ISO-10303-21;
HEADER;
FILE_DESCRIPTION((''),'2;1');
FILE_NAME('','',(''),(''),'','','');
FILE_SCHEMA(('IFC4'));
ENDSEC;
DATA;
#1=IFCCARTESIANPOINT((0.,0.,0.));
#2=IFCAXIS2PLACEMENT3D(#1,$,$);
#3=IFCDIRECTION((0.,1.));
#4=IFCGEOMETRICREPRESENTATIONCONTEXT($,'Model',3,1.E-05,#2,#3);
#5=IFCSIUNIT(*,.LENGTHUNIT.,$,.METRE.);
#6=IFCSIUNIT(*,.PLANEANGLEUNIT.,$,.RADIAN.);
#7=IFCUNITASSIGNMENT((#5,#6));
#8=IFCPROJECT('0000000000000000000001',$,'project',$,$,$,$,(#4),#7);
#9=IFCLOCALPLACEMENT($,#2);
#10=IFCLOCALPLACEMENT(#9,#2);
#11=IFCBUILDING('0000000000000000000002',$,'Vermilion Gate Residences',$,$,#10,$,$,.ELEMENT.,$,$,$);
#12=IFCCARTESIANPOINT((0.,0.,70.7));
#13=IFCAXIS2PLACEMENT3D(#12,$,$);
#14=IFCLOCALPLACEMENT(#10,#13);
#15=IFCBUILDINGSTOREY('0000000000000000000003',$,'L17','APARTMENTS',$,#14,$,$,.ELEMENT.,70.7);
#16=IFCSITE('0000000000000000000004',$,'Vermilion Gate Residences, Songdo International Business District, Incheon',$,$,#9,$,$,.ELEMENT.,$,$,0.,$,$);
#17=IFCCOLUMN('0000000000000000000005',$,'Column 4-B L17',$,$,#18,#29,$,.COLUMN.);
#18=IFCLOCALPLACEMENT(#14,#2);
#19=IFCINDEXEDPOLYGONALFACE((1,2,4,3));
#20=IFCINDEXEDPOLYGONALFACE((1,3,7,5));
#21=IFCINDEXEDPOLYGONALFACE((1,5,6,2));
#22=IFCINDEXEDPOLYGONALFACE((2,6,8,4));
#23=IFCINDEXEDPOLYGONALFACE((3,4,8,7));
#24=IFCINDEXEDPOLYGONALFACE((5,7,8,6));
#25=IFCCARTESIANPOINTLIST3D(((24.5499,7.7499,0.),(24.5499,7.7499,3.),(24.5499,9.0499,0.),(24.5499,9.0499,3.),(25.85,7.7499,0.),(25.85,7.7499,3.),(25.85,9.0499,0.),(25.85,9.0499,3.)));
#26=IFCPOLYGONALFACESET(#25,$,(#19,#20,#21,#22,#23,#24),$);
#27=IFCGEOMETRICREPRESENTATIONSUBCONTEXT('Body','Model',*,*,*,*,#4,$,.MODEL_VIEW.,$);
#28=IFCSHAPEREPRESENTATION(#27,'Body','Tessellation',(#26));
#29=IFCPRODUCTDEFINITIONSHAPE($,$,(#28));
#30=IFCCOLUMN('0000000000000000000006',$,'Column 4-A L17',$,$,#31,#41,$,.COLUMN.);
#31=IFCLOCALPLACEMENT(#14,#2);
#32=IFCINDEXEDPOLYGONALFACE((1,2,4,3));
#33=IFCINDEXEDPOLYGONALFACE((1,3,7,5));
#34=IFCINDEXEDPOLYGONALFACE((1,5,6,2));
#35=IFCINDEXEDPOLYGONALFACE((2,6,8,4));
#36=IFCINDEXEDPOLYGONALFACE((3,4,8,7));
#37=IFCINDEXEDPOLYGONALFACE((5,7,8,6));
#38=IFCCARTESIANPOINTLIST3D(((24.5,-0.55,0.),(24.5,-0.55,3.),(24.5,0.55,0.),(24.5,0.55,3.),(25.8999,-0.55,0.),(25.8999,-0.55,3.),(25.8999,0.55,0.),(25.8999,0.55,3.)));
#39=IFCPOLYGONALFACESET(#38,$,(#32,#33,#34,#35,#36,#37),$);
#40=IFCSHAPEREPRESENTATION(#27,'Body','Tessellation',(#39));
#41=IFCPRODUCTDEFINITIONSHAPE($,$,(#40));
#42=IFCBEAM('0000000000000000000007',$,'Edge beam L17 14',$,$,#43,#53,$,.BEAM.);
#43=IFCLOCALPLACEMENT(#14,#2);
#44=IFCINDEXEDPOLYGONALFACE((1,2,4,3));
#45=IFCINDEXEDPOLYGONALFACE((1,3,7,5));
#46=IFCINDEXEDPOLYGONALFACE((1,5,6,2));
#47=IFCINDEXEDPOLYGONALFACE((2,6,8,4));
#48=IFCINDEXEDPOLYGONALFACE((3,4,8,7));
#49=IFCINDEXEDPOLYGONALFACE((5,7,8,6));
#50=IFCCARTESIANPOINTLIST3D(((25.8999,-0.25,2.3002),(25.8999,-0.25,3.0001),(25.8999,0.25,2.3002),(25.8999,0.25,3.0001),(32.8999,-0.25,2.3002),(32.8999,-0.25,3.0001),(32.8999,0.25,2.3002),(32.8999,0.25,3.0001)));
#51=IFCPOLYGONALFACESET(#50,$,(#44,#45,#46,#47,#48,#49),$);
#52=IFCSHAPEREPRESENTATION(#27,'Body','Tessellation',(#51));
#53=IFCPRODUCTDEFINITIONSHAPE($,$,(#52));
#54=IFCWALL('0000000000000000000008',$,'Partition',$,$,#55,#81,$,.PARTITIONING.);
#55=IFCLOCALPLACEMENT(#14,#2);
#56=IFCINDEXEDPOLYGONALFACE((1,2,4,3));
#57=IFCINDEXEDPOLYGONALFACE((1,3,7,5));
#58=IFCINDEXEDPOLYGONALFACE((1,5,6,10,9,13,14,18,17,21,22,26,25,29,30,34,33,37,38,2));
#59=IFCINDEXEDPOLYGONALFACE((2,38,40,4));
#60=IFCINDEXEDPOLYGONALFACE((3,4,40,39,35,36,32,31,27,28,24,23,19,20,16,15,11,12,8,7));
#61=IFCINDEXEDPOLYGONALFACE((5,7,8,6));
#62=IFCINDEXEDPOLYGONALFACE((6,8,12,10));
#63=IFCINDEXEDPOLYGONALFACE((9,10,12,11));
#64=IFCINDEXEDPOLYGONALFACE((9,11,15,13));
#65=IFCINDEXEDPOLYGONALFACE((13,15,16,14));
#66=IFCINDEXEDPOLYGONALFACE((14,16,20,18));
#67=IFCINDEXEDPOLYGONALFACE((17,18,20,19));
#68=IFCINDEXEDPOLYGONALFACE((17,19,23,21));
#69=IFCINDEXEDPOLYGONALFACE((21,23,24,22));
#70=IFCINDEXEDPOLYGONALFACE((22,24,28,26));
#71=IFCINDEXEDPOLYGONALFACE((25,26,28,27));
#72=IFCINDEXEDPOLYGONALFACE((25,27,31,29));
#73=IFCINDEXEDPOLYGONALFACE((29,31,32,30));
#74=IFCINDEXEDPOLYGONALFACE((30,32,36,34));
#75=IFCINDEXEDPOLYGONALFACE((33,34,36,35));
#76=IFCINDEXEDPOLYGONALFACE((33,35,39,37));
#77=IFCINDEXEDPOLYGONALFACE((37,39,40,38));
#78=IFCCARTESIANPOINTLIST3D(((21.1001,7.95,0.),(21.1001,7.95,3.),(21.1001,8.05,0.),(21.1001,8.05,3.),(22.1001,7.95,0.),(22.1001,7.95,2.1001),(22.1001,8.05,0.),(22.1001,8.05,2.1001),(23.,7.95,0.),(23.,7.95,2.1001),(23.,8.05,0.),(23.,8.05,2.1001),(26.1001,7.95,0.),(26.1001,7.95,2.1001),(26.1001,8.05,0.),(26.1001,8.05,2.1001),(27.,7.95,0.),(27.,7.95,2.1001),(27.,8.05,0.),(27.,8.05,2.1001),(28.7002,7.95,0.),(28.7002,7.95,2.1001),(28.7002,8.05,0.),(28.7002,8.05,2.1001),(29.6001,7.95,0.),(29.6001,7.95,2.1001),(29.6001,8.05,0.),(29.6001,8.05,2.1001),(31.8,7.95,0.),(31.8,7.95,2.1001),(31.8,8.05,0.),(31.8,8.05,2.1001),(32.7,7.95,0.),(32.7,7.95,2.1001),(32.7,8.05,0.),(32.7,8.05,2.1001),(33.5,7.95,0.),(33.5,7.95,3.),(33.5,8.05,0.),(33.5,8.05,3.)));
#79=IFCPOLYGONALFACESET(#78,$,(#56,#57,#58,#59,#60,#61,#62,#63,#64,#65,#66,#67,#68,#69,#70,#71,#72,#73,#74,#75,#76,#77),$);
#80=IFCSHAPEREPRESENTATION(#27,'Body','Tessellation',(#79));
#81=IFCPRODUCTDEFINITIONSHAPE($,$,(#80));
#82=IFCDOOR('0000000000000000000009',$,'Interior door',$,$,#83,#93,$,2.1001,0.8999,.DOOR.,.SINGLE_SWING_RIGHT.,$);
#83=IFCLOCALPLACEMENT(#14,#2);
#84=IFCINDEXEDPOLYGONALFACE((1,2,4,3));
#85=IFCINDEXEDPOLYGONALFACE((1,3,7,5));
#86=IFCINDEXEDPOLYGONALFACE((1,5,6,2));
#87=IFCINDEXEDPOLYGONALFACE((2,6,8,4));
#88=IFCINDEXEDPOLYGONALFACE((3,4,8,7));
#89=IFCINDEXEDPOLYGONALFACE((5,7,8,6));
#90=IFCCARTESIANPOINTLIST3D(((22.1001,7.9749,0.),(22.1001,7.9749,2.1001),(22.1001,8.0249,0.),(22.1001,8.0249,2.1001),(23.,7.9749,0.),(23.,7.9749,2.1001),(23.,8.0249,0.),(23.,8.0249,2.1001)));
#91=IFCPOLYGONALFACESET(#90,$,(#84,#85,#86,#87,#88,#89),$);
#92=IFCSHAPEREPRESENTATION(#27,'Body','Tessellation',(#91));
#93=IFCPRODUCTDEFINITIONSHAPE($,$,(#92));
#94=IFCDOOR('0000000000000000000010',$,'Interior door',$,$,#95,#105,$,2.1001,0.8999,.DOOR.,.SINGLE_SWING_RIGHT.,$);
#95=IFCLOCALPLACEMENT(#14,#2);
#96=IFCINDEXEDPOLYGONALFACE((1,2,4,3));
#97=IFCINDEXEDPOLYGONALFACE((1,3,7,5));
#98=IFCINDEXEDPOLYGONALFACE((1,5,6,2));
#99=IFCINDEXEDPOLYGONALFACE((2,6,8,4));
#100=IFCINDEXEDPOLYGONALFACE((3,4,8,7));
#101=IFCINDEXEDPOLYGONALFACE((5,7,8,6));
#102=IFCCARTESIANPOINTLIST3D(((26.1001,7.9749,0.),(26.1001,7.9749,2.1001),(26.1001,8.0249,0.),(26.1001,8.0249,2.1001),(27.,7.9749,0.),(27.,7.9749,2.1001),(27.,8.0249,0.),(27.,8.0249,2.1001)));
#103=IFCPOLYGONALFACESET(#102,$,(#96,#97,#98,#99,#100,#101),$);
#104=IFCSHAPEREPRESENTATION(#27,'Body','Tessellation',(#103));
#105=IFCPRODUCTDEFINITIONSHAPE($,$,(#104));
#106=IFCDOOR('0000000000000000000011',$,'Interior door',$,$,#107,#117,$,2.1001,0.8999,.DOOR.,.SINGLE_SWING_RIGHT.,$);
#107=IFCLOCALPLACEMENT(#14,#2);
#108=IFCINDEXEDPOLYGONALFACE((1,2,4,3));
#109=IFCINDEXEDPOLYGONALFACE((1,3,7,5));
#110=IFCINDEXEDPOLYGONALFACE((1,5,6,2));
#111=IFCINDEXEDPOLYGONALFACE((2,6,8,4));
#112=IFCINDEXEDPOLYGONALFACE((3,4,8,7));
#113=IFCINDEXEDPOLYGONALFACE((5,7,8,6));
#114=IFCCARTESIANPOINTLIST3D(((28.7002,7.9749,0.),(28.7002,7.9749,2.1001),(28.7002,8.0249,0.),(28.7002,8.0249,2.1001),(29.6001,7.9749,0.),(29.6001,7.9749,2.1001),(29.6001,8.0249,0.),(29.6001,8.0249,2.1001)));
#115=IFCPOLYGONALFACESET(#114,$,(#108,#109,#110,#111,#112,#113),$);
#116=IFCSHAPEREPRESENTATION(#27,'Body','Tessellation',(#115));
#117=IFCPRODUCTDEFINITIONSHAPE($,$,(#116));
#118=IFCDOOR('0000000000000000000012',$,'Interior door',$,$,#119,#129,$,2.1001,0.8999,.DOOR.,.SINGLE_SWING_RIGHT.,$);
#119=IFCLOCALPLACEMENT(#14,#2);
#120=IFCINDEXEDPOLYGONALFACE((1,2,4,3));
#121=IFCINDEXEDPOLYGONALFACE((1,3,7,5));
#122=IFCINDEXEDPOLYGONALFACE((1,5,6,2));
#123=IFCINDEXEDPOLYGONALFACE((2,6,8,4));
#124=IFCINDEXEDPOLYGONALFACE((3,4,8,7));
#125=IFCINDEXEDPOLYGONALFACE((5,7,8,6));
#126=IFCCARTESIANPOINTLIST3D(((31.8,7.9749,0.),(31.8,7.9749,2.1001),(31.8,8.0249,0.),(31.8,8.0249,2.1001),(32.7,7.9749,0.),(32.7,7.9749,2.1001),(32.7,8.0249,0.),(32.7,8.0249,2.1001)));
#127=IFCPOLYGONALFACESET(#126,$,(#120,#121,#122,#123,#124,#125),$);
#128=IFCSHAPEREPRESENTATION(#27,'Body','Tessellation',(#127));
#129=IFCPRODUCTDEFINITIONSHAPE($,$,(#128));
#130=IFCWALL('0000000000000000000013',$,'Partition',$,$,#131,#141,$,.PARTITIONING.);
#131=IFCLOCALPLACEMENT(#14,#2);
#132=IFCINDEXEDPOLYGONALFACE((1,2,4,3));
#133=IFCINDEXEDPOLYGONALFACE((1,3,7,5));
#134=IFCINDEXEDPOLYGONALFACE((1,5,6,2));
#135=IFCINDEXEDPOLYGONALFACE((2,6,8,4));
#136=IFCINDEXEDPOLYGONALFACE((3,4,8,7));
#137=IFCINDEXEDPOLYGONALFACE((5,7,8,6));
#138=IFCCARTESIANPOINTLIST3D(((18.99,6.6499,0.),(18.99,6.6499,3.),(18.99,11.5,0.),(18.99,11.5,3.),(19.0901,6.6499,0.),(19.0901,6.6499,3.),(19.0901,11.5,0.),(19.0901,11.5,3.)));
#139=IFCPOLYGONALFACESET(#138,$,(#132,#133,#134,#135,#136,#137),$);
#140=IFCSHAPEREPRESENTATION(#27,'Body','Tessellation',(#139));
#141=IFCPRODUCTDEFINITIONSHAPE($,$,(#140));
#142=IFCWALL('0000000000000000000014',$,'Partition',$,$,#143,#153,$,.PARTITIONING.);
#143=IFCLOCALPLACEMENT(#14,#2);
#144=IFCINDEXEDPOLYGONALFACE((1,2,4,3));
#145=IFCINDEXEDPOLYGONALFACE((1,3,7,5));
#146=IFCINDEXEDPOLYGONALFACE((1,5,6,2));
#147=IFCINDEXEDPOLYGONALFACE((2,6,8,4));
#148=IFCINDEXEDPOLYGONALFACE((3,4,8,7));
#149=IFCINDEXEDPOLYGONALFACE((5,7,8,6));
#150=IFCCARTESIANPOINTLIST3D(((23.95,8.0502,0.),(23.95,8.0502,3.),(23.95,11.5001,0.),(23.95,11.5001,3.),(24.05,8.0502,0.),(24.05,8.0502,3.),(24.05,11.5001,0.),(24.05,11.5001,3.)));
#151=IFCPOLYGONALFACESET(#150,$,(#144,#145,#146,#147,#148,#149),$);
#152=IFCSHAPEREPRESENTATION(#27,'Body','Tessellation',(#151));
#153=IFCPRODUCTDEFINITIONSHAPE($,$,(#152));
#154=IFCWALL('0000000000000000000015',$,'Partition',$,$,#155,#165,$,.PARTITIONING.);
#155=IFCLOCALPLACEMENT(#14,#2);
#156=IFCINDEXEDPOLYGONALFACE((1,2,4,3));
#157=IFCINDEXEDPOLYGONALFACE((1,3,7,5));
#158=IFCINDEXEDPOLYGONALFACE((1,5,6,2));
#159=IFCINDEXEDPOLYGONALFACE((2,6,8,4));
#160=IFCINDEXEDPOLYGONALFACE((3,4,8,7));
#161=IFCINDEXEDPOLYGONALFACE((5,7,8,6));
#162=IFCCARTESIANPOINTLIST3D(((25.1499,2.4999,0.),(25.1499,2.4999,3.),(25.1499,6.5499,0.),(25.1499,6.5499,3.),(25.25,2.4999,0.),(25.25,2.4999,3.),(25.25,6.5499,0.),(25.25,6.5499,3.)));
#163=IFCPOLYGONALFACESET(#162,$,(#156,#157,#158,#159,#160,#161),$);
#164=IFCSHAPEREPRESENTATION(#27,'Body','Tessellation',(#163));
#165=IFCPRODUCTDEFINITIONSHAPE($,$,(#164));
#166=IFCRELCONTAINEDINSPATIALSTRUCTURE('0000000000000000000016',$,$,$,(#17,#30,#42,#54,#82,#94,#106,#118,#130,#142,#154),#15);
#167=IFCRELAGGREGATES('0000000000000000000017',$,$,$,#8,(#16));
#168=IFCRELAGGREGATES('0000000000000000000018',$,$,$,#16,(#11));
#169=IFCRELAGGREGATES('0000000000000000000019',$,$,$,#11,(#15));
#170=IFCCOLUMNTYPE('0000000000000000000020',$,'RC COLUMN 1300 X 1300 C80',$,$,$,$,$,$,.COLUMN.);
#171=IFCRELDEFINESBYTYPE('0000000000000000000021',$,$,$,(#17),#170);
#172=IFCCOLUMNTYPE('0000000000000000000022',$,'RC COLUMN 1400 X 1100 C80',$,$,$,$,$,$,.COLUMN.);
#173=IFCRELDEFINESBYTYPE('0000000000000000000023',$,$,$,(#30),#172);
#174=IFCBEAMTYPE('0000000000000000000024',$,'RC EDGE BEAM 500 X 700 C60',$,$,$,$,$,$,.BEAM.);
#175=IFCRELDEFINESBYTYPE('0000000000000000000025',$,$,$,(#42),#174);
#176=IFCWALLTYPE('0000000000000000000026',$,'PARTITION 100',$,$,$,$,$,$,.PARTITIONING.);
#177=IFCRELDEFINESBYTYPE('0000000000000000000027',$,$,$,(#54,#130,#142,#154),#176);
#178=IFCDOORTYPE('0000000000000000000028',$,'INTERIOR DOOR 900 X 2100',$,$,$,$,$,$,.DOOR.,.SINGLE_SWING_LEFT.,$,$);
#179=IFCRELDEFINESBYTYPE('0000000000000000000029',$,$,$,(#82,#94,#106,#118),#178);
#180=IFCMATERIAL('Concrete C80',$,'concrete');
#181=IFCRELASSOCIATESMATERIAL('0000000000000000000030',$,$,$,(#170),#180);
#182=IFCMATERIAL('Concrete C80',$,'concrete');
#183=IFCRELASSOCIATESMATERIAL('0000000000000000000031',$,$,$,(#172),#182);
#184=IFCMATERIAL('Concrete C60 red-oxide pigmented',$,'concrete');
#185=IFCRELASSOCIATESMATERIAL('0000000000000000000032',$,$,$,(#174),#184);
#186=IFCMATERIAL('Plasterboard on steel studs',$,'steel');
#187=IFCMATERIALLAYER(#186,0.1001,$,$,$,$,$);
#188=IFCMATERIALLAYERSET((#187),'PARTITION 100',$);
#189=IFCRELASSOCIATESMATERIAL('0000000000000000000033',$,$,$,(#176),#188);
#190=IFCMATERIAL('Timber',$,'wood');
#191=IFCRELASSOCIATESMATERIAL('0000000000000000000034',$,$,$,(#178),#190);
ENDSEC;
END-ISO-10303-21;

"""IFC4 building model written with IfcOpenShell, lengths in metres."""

from ifc_helpers import new_model, si_unit, direction, frame, frame_2d, origin, origin_2d, place, context, subcontext, project, spatial, rectangle, extrude, material, layer, layer_set, material_profile, profile_set, type_object, element, fill, save


model = new_model("IFC4")

# Units and contexts
model_context = context("Model", 3, precision=1e-05, world=origin(), true_north=direction((0.0, 1.0)))
body_context = subcontext(model_context, "Body", "Model", "MODEL_VIEW")
ifc_project = project(units=[si_unit("LENGTHUNIT", "METRE"), si_unit("PLANEANGLEUNIT", "RADIAN")], contexts=[model_context])

# Site, building, storey
site_placement = place(None, origin())
site = spatial("IfcSite", under=ifc_project, at=site_placement, Name="Vermilion Gate Residences, Songdo International Business District, Incheon", CompositionType="ELEMENT", RefElevation=0.0)
building_placement = place(site_placement, origin())
building = spatial("IfcBuilding", under=site, at=building_placement, Name="Vermilion Gate Residences", CompositionType="ELEMENT")
storey_placement = place(building_placement, frame((0.0, 0.0, 70.7)))
storey = spatial("IfcBuildingStorey", under=building, at=storey_placement, Name="L17", Description="APARTMENTS", CompositionType="ELEMENT", Elevation=70.7)

# Columns
ifc_material_1 = material(Name="Concrete C80", Category="concrete")
ifc_material_profile_1 = material_profile(ifc_material_1, rectangle(XDim=1.3, YDim=1.3, at=origin_2d()), Name="RC-1300x1300")
ifc_profile_set_1 = profile_set([ifc_material_profile_1], Name="Concrete C80")
column_type_1 = type_object("IfcColumnType", Name="RC COLUMN 1300 X 1300 C80", PredefinedType="COLUMN", material=ifc_profile_set_1)
column_1_placement = place(storey_placement, frame((25.2, 8.3999, 0.0), z_axis=(0.0, 0.0, 1.0), x_axis=(1.0, 0.0, 0.0)))
element("IfcColumn", 1, at=column_1_placement, inside=storey, type_object=column_type_1, Name="Column 4-B L17", PredefinedType="COLUMN", context=body_context, shape_type="SweptSolid", body=[
    extrude(rectangle(XDim=1.3, YDim=1.3, at=origin_2d()), origin(), (0.0, 0.0, 1.0), 3.0),
])
ifc_material_2 = material(Name="Concrete C80", Category="concrete")
ifc_material_profile_2 = material_profile(ifc_material_2, rectangle(XDim=1.3999, YDim=1.1001, at=origin_2d()), Name="RC-1400x1100")
ifc_profile_set_2 = profile_set([ifc_material_profile_2], Name="Concrete C80")
column_type_2 = type_object("IfcColumnType", Name="RC COLUMN 1400 X 1100 C80", PredefinedType="COLUMN", material=ifc_profile_set_2)
column_2_placement = place(storey_placement, frame((25.2, 0.0, 0.0), z_axis=(0.0, 0.0, 1.0), x_axis=(1.0, 0.0, 0.0)))
element("IfcColumn", 2, at=column_2_placement, inside=storey, type_object=column_type_2, Name="Column 4-A L17", PredefinedType="COLUMN", context=body_context, shape_type="SweptSolid", body=[
    extrude(rectangle(XDim=1.3999, YDim=1.1001, at=origin_2d()), origin(), (0.0, 0.0, 1.0), 3.0),
])

# Beam
ifc_material_3 = material(Name="Concrete C60 red-oxide pigmented", Category="concrete")
ifc_material_profile_3 = material_profile(ifc_material_3, rectangle(XDim=0.5, YDim=0.7, at=origin_2d()), Name="RC-500x700")
ifc_profile_set_3 = profile_set([ifc_material_profile_3], Name="Concrete C60 red-oxide pigmented")
beam_type = type_object("IfcBeamType", Name="RC EDGE BEAM 500 X 700 C60", PredefinedType="BEAM", material=ifc_profile_set_3)
beam_placement = place(storey_placement, frame((25.8999, 0.0, 2.6501), z_axis=(1.0, 0.0, 0.0), x_axis=(0.0, 1.0, 0.0)))
element("IfcBeam", 3, at=beam_placement, inside=storey, type_object=beam_type, Name="Edge beam L17 14", PredefinedType="BEAM", context=body_context, shape_type="SweptSolid", body=[
    extrude(rectangle(XDim=0.5, YDim=0.7, at=origin_2d()), origin(), (0.0, 0.0, 1.0), 7.0),
])

# Wall, openings, doors
ifc_material_4 = material(Name="Plasterboard on steel studs", Category="steel")
ifc_layer_1 = layer(ifc_material_4, 0.1001)
ifc_layer_set_1 = layer_set([ifc_layer_1], Name="PARTITION 100")
wall_type_1 = type_object("IfcWallType", Name="PARTITION 100", PredefinedType="PARTITIONING", material=ifc_layer_set_1)
wall_1_placement = place(storey_placement, frame((21.1001, 8.0, 0.0), z_axis=(0.0, 0.0, 1.0), x_axis=(1.0, 0.0, 0.0)))
wall_1 = element("IfcWall", 4, at=wall_1_placement, inside=storey, type_object=wall_type_1, Name="Partition", PredefinedType="PARTITIONING", context=body_context, shape_type="SweptSolid", body=[
    extrude(rectangle(XDim=12.3999, YDim=0.1001, at=frame_2d((6.2, 0.0))), origin(), (0.0, 0.0, 1.0), 3.0),
])
opening_1_placement = place(wall_1_placement, frame((1.0, 0.0, 0.0)))
opening_1 = element("IfcOpeningElement", 5, at=opening_1_placement, cuts=wall_1, PredefinedType="OPENING", context=body_context, shape_type="SweptSolid", body=[
    extrude(rectangle(XDim=0.8999, YDim=2.1001, at=frame_2d((0.45, 1.05))), frame((0.0, 0.0601, 0.0), z_axis=(0.0, -1.0, 0.0), x_axis=(1.0, 0.0, 0.0)), (0.0, 0.0, 1.0), 0.1201),
])
opening_2_placement = place(wall_1_placement, frame((5.0, 0.0, 0.0)))
opening_2 = element("IfcOpeningElement", 6, at=opening_2_placement, cuts=wall_1, PredefinedType="OPENING", context=body_context, shape_type="SweptSolid", body=[
    extrude(rectangle(XDim=0.8999, YDim=2.1001, at=frame_2d((0.45, 1.05))), frame((0.0, 0.0601, 0.0), z_axis=(0.0, -1.0, 0.0), x_axis=(1.0, 0.0, 0.0)), (0.0, 0.0, 1.0), 0.1201),
])
opening_3_placement = place(wall_1_placement, frame((7.6001, 0.0, 0.0)))
opening_3 = element("IfcOpeningElement", 7, at=opening_3_placement, cuts=wall_1, PredefinedType="OPENING", context=body_context, shape_type="SweptSolid", body=[
    extrude(rectangle(XDim=0.8999, YDim=2.1001, at=frame_2d((0.45, 1.05))), frame((0.0, 0.0601, 0.0), z_axis=(0.0, -1.0, 0.0), x_axis=(1.0, 0.0, 0.0)), (0.0, 0.0, 1.0), 0.1201),
])
opening_4_placement = place(wall_1_placement, frame((10.7, 0.0, 0.0)))
opening_4 = element("IfcOpeningElement", 8, at=opening_4_placement, cuts=wall_1, PredefinedType="OPENING", context=body_context, shape_type="SweptSolid", body=[
    extrude(rectangle(XDim=0.8999, YDim=2.1001, at=frame_2d((0.45, 1.05))), frame((0.0, 0.0601, 0.0), z_axis=(0.0, -1.0, 0.0), x_axis=(1.0, 0.0, 0.0)), (0.0, 0.0, 1.0), 0.1201),
])
ifc_material_5 = material(Name="Timber", Category="wood")
door_type = type_object("IfcDoorType", Name="INTERIOR DOOR 900 X 2100", OperationType="SINGLE_SWING_LEFT", PredefinedType="DOOR", material=ifc_material_5)
door_1_placement = place(opening_1_placement, origin())
door_1 = element("IfcDoor", 9, at=door_1_placement, inside=storey, type_object=door_type, Name="Interior door", OperationType="SINGLE_SWING_RIGHT", OverallHeight=2.1001, OverallWidth=0.8999, PredefinedType="DOOR", context=body_context, shape_type="SweptSolid", body=[
    extrude(rectangle(XDim=0.8999, YDim=2.1001, at=frame_2d((0.45, 1.05))), frame((0.0, 0.0249, 0.0), z_axis=(0.0, -1.0, 0.0), x_axis=(1.0, 0.0, 0.0)), (0.0, 0.0, 1.0), 0.05),
])
fill(opening_1, door_1)
door_2_placement = place(opening_2_placement, origin())
door_2 = element("IfcDoor", 10, at=door_2_placement, inside=storey, type_object=door_type, Name="Interior door", OperationType="SINGLE_SWING_RIGHT", OverallHeight=2.1001, OverallWidth=0.8999, PredefinedType="DOOR", context=body_context, shape_type="SweptSolid", body=[
    extrude(rectangle(XDim=0.8999, YDim=2.1001, at=frame_2d((0.45, 1.05))), frame((0.0, 0.0249, 0.0), z_axis=(0.0, -1.0, 0.0), x_axis=(1.0, 0.0, 0.0)), (0.0, 0.0, 1.0), 0.05),
])
fill(opening_2, door_2)
door_3_placement = place(opening_3_placement, origin())
door_3 = element("IfcDoor", 11, at=door_3_placement, inside=storey, type_object=door_type, Name="Interior door", OperationType="SINGLE_SWING_RIGHT", OverallHeight=2.1001, OverallWidth=0.8999, PredefinedType="DOOR", context=body_context, shape_type="SweptSolid", body=[
    extrude(rectangle(XDim=0.8999, YDim=2.1001, at=frame_2d((0.45, 1.05))), frame((0.0, 0.0249, 0.0), z_axis=(0.0, -1.0, 0.0), x_axis=(1.0, 0.0, 0.0)), (0.0, 0.0, 1.0), 0.05),
])
fill(opening_3, door_3)
door_4_placement = place(opening_4_placement, origin())
door_4 = element("IfcDoor", 12, at=door_4_placement, inside=storey, type_object=door_type, Name="Interior door", OperationType="SINGLE_SWING_RIGHT", OverallHeight=2.1001, OverallWidth=0.8999, PredefinedType="DOOR", context=body_context, shape_type="SweptSolid", body=[
    extrude(rectangle(XDim=0.8999, YDim=2.1001, at=frame_2d((0.45, 1.05))), frame((0.0, 0.0249, 0.0), z_axis=(0.0, -1.0, 0.0), x_axis=(1.0, 0.0, 0.0)), (0.0, 0.0, 1.0), 0.05),
])
fill(opening_4, door_4)

# Walls
wall_2_placement = place(storey_placement, frame((19.04, 6.6499, 0.0), z_axis=(0.0, 0.0, 1.0), x_axis=(0.0, 1.0, 0.0)))
element("IfcWall", 13, at=wall_2_placement, inside=storey, type_object=wall_type_1, Name="Partition", PredefinedType="PARTITIONING", context=body_context, shape_type="SweptSolid", body=[
    extrude(rectangle(XDim=4.8501, YDim=0.1001, at=frame_2d((2.425, 0.0))), origin(), (0.0, 0.0, 1.0), 3.0),
])
wall_3_placement = place(storey_placement, frame((24.0, 8.05, 0.0), z_axis=(0.0, 0.0, 1.0), x_axis=(0.0, 1.0, 0.0)))
element("IfcWall", 14, at=wall_3_placement, inside=storey, type_object=wall_type_1, Name="Partition", PredefinedType="PARTITIONING", context=body_context, shape_type="SweptSolid", body=[
    extrude(rectangle(XDim=3.45, YDim=0.1001, at=frame_2d((1.7251, 0.0))), origin(), (0.0, 0.0, 1.0), 3.0),
])
wall_4_placement = place(storey_placement, frame((25.2, 2.5, 0.0), z_axis=(0.0, 0.0, 1.0), x_axis=(0.0, 1.0, 0.0)))
element("IfcWall", 15, at=wall_4_placement, inside=storey, type_object=wall_type_1, Name="Partition", PredefinedType="PARTITIONING", context=body_context, shape_type="SweptSolid", body=[
    extrude(rectangle(XDim=4.05, YDim=0.1001, at=frame_2d((2.0249, 0.0))), origin(), (0.0, 0.0, 1.0), 3.0),
])

save(model, "model.ifc")
